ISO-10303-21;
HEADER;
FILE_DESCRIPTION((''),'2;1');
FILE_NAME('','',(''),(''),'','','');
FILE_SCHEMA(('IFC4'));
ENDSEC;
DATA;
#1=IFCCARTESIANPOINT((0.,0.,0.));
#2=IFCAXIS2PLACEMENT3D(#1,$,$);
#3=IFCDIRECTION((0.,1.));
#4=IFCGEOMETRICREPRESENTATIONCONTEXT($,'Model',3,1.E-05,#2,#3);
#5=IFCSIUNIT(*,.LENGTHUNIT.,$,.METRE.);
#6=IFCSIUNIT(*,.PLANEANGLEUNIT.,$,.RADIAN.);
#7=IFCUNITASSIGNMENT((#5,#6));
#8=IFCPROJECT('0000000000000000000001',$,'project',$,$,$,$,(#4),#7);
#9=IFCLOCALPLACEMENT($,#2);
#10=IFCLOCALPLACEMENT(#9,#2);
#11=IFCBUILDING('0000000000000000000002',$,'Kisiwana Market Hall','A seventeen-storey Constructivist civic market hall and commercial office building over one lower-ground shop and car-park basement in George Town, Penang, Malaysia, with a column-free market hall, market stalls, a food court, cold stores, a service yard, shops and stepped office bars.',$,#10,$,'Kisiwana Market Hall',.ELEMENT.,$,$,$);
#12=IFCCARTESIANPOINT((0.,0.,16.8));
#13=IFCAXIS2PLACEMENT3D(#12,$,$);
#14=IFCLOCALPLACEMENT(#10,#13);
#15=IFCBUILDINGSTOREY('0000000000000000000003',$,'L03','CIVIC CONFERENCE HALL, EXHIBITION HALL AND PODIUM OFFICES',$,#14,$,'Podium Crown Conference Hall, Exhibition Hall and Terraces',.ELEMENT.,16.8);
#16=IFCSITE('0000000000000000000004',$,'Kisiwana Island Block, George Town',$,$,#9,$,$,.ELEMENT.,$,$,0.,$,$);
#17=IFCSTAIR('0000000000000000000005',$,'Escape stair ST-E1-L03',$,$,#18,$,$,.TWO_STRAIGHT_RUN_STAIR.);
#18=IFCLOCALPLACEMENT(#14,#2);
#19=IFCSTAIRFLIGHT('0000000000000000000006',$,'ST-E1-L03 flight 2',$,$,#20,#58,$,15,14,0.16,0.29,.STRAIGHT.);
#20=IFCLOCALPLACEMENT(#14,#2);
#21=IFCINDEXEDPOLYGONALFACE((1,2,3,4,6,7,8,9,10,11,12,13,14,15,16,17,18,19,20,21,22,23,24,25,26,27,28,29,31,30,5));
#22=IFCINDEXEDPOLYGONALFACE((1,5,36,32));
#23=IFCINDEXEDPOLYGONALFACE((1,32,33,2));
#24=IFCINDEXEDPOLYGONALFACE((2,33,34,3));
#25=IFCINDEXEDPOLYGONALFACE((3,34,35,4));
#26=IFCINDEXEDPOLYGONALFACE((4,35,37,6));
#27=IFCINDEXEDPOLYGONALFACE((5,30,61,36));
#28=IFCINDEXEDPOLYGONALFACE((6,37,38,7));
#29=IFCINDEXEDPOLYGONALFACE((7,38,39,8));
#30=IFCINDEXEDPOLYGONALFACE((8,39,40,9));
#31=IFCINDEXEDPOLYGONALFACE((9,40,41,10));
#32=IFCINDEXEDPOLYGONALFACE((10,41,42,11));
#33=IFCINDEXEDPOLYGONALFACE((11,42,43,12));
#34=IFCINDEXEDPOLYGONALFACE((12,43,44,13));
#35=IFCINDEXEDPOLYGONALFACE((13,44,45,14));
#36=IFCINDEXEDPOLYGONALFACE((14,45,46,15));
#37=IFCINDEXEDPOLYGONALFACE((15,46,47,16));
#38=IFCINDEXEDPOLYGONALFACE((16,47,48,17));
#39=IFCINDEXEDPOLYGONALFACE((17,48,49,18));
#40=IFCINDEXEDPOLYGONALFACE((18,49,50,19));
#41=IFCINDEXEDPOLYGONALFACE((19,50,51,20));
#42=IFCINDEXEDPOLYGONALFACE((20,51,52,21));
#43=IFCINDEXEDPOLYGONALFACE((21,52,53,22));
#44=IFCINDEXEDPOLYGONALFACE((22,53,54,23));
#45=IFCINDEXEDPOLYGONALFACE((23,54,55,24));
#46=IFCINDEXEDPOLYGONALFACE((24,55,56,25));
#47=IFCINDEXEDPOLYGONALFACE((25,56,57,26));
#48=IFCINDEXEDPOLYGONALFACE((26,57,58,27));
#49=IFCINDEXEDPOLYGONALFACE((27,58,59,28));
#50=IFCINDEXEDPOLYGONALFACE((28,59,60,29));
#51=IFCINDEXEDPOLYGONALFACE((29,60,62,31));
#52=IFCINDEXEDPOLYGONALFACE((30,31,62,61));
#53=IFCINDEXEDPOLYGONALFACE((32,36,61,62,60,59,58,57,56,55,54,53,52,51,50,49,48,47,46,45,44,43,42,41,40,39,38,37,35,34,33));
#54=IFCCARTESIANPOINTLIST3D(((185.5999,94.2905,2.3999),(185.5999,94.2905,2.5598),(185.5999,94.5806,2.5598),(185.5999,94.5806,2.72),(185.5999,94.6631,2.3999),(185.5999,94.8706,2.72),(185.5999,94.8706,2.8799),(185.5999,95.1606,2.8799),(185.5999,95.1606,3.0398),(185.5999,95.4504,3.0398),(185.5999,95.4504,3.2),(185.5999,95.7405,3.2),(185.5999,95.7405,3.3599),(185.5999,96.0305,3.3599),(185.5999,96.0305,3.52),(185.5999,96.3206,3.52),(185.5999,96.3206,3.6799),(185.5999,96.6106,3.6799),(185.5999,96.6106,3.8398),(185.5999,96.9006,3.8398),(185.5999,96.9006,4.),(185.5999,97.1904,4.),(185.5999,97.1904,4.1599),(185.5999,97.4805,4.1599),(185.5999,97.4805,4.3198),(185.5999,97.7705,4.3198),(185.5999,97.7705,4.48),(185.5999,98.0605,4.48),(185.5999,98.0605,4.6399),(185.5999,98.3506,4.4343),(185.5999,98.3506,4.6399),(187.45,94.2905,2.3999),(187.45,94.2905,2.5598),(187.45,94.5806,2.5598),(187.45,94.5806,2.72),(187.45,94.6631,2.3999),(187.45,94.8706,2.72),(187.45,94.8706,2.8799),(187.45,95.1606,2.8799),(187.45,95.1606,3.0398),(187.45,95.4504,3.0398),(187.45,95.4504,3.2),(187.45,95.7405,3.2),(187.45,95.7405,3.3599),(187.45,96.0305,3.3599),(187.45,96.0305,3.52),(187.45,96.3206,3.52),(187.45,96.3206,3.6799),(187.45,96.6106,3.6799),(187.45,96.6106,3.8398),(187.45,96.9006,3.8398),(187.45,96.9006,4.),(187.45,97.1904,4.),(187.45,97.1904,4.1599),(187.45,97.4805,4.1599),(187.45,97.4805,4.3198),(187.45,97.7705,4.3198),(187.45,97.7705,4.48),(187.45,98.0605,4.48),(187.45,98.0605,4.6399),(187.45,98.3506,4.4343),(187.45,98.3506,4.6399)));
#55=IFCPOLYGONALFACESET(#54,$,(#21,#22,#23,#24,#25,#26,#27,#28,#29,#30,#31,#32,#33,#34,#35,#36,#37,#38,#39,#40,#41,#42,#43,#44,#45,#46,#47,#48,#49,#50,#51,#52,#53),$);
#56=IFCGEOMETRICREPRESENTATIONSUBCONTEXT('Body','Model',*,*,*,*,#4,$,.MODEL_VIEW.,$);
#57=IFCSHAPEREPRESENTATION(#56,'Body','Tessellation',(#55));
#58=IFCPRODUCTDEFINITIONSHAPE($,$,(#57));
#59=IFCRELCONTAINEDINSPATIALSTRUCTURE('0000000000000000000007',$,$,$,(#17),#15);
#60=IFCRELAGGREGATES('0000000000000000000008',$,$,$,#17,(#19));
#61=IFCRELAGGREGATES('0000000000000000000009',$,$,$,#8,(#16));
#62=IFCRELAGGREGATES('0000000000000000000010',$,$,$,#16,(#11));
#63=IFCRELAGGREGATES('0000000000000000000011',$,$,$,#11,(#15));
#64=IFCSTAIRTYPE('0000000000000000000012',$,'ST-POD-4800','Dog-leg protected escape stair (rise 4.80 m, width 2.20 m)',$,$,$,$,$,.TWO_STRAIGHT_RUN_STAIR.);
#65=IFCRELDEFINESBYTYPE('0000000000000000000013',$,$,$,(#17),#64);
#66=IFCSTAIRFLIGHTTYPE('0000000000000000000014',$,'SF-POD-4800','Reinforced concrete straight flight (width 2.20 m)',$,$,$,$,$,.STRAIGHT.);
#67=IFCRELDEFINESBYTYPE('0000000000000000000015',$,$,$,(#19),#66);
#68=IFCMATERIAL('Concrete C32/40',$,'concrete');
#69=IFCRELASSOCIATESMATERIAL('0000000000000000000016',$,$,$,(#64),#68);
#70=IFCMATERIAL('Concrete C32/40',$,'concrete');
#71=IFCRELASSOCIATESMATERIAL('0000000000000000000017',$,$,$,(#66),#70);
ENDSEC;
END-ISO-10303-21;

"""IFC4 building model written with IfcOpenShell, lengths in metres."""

from ifc_helpers import new_model, si_unit, direction, frame, origin, place, context, subcontext, project, spatial, polyline, outline, extrude, material, type_object, element, aggregate, save


model = new_model("IFC4")

# Units and contexts
model_context = context("Model", 3, precision=1e-05, world=origin(), true_north=direction((0.0, 1.0)))
body_context = subcontext(model_context, "Body", "Model", "MODEL_VIEW")
ifc_project = project(units=[si_unit("LENGTHUNIT", "METRE"), si_unit("PLANEANGLEUNIT", "RADIAN")], contexts=[model_context])

# Site, building, storey
site_placement = place(None, origin())
site = spatial("IfcSite", under=ifc_project, at=site_placement, Name="Kisiwana Island Block, George Town", CompositionType="ELEMENT", RefElevation=0.0)
building_placement = place(site_placement, origin())
building = spatial("IfcBuilding", under=site, at=building_placement, Name="Kisiwana Market Hall", Description="A seventeen-storey Constructivist civic market hall and commercial office building over one lower-ground shop and car-park basement in George Town, Penang, Malaysia, with a column-free market hall, market stalls, a food court, cold stores, a service yard, shops and stepped office bars.", LongName="Kisiwana Market Hall", CompositionType="ELEMENT")
storey_placement = place(building_placement, frame((0.0, 0.0, 16.8)))
storey = spatial("IfcBuildingStorey", under=building, at=storey_placement, Name="L03", Description="CIVIC CONFERENCE HALL, EXHIBITION HALL AND PODIUM OFFICES", LongName="Podium Crown Conference Hall, Exhibition Hall and Terraces", CompositionType="ELEMENT", Elevation=16.8)

# Stair, stair flight
ifc_material_1 = material(Name="Concrete C32/40", Category="concrete")
stair_type = type_object("IfcStairType", Name="ST-POD-4800", Description="Dog-leg protected escape stair (rise 4.80 m, width 2.20 m)", PredefinedType="TWO_STRAIGHT_RUN_STAIR", material=ifc_material_1)
stair_placement = place(storey_placement, origin())
stair = element("IfcStair", 1, at=stair_placement, inside=storey, type_object=stair_type, Name="Escape stair ST-E1-L03", PredefinedType="TWO_STRAIGHT_RUN_STAIR")
ifc_material_2 = material(Name="Concrete C32/40", Category="concrete")
stair_flight_type = type_object("IfcStairFlightType", Name="SF-POD-4800", Description="Reinforced concrete straight flight (width 2.20 m)", PredefinedType="STRAIGHT", material=ifc_material_2)
stair_flight_1_placement = place(storey_placement, frame((186.5249, 94.2905, 2.3999), z_axis=(0.0, 0.0, 1.0), x_axis=(0.0, 1.0, 0.0)))
stair_flight_1 = element("IfcStairFlight", 2, at=stair_flight_1_placement, type_object=stair_flight_type, Name="ST-E1-L03 flight 2", NumberOfRisers=15, NumberOfTreads=14, PredefinedType="STRAIGHT", RiserHeight=0.16, TreadLength=0.29, context=body_context, shape_type="SweptSolid", body=[
    extrude(outline(polyline([(0.0, 0.0), (0.0, 0.1599), (0.29, 0.1599), (0.29, 0.3201), (0.5801, 0.3201), (0.5801, 0.48), (0.8701, 0.48), (0.8701, 0.6399), (1.1599, 0.6399), (1.1599, 0.8), (1.45, 0.8), (1.45, 0.96), (1.74, 0.96), (1.74, 1.1201), (2.03, 1.1201), (2.03, 1.28), (2.3201, 1.28), (2.3201, 1.4399), (2.6101, 1.4399), (2.6101, 1.6001), (2.8999, 1.6001), (2.8999, 1.76), (3.1899, 1.76), (3.1899, 1.9199), (3.48, 1.9199), (3.48, 2.0801), (3.77, 2.0801), (3.77, 2.24), (4.0601, 2.24), (4.0601, 2.3999), (4.0601, 2.0344), (0.3726, 0.0), (0.0, 0.0)])), frame((0.0, 0.925, 0.0), z_axis=(0.0, -1.0, 0.0), x_axis=(1.0, 0.0, 0.0)), (0.0, 0.0, 1.0), 1.8501),
])
aggregate(stair, [stair_flight_1])

save(model, "model.ifc")
